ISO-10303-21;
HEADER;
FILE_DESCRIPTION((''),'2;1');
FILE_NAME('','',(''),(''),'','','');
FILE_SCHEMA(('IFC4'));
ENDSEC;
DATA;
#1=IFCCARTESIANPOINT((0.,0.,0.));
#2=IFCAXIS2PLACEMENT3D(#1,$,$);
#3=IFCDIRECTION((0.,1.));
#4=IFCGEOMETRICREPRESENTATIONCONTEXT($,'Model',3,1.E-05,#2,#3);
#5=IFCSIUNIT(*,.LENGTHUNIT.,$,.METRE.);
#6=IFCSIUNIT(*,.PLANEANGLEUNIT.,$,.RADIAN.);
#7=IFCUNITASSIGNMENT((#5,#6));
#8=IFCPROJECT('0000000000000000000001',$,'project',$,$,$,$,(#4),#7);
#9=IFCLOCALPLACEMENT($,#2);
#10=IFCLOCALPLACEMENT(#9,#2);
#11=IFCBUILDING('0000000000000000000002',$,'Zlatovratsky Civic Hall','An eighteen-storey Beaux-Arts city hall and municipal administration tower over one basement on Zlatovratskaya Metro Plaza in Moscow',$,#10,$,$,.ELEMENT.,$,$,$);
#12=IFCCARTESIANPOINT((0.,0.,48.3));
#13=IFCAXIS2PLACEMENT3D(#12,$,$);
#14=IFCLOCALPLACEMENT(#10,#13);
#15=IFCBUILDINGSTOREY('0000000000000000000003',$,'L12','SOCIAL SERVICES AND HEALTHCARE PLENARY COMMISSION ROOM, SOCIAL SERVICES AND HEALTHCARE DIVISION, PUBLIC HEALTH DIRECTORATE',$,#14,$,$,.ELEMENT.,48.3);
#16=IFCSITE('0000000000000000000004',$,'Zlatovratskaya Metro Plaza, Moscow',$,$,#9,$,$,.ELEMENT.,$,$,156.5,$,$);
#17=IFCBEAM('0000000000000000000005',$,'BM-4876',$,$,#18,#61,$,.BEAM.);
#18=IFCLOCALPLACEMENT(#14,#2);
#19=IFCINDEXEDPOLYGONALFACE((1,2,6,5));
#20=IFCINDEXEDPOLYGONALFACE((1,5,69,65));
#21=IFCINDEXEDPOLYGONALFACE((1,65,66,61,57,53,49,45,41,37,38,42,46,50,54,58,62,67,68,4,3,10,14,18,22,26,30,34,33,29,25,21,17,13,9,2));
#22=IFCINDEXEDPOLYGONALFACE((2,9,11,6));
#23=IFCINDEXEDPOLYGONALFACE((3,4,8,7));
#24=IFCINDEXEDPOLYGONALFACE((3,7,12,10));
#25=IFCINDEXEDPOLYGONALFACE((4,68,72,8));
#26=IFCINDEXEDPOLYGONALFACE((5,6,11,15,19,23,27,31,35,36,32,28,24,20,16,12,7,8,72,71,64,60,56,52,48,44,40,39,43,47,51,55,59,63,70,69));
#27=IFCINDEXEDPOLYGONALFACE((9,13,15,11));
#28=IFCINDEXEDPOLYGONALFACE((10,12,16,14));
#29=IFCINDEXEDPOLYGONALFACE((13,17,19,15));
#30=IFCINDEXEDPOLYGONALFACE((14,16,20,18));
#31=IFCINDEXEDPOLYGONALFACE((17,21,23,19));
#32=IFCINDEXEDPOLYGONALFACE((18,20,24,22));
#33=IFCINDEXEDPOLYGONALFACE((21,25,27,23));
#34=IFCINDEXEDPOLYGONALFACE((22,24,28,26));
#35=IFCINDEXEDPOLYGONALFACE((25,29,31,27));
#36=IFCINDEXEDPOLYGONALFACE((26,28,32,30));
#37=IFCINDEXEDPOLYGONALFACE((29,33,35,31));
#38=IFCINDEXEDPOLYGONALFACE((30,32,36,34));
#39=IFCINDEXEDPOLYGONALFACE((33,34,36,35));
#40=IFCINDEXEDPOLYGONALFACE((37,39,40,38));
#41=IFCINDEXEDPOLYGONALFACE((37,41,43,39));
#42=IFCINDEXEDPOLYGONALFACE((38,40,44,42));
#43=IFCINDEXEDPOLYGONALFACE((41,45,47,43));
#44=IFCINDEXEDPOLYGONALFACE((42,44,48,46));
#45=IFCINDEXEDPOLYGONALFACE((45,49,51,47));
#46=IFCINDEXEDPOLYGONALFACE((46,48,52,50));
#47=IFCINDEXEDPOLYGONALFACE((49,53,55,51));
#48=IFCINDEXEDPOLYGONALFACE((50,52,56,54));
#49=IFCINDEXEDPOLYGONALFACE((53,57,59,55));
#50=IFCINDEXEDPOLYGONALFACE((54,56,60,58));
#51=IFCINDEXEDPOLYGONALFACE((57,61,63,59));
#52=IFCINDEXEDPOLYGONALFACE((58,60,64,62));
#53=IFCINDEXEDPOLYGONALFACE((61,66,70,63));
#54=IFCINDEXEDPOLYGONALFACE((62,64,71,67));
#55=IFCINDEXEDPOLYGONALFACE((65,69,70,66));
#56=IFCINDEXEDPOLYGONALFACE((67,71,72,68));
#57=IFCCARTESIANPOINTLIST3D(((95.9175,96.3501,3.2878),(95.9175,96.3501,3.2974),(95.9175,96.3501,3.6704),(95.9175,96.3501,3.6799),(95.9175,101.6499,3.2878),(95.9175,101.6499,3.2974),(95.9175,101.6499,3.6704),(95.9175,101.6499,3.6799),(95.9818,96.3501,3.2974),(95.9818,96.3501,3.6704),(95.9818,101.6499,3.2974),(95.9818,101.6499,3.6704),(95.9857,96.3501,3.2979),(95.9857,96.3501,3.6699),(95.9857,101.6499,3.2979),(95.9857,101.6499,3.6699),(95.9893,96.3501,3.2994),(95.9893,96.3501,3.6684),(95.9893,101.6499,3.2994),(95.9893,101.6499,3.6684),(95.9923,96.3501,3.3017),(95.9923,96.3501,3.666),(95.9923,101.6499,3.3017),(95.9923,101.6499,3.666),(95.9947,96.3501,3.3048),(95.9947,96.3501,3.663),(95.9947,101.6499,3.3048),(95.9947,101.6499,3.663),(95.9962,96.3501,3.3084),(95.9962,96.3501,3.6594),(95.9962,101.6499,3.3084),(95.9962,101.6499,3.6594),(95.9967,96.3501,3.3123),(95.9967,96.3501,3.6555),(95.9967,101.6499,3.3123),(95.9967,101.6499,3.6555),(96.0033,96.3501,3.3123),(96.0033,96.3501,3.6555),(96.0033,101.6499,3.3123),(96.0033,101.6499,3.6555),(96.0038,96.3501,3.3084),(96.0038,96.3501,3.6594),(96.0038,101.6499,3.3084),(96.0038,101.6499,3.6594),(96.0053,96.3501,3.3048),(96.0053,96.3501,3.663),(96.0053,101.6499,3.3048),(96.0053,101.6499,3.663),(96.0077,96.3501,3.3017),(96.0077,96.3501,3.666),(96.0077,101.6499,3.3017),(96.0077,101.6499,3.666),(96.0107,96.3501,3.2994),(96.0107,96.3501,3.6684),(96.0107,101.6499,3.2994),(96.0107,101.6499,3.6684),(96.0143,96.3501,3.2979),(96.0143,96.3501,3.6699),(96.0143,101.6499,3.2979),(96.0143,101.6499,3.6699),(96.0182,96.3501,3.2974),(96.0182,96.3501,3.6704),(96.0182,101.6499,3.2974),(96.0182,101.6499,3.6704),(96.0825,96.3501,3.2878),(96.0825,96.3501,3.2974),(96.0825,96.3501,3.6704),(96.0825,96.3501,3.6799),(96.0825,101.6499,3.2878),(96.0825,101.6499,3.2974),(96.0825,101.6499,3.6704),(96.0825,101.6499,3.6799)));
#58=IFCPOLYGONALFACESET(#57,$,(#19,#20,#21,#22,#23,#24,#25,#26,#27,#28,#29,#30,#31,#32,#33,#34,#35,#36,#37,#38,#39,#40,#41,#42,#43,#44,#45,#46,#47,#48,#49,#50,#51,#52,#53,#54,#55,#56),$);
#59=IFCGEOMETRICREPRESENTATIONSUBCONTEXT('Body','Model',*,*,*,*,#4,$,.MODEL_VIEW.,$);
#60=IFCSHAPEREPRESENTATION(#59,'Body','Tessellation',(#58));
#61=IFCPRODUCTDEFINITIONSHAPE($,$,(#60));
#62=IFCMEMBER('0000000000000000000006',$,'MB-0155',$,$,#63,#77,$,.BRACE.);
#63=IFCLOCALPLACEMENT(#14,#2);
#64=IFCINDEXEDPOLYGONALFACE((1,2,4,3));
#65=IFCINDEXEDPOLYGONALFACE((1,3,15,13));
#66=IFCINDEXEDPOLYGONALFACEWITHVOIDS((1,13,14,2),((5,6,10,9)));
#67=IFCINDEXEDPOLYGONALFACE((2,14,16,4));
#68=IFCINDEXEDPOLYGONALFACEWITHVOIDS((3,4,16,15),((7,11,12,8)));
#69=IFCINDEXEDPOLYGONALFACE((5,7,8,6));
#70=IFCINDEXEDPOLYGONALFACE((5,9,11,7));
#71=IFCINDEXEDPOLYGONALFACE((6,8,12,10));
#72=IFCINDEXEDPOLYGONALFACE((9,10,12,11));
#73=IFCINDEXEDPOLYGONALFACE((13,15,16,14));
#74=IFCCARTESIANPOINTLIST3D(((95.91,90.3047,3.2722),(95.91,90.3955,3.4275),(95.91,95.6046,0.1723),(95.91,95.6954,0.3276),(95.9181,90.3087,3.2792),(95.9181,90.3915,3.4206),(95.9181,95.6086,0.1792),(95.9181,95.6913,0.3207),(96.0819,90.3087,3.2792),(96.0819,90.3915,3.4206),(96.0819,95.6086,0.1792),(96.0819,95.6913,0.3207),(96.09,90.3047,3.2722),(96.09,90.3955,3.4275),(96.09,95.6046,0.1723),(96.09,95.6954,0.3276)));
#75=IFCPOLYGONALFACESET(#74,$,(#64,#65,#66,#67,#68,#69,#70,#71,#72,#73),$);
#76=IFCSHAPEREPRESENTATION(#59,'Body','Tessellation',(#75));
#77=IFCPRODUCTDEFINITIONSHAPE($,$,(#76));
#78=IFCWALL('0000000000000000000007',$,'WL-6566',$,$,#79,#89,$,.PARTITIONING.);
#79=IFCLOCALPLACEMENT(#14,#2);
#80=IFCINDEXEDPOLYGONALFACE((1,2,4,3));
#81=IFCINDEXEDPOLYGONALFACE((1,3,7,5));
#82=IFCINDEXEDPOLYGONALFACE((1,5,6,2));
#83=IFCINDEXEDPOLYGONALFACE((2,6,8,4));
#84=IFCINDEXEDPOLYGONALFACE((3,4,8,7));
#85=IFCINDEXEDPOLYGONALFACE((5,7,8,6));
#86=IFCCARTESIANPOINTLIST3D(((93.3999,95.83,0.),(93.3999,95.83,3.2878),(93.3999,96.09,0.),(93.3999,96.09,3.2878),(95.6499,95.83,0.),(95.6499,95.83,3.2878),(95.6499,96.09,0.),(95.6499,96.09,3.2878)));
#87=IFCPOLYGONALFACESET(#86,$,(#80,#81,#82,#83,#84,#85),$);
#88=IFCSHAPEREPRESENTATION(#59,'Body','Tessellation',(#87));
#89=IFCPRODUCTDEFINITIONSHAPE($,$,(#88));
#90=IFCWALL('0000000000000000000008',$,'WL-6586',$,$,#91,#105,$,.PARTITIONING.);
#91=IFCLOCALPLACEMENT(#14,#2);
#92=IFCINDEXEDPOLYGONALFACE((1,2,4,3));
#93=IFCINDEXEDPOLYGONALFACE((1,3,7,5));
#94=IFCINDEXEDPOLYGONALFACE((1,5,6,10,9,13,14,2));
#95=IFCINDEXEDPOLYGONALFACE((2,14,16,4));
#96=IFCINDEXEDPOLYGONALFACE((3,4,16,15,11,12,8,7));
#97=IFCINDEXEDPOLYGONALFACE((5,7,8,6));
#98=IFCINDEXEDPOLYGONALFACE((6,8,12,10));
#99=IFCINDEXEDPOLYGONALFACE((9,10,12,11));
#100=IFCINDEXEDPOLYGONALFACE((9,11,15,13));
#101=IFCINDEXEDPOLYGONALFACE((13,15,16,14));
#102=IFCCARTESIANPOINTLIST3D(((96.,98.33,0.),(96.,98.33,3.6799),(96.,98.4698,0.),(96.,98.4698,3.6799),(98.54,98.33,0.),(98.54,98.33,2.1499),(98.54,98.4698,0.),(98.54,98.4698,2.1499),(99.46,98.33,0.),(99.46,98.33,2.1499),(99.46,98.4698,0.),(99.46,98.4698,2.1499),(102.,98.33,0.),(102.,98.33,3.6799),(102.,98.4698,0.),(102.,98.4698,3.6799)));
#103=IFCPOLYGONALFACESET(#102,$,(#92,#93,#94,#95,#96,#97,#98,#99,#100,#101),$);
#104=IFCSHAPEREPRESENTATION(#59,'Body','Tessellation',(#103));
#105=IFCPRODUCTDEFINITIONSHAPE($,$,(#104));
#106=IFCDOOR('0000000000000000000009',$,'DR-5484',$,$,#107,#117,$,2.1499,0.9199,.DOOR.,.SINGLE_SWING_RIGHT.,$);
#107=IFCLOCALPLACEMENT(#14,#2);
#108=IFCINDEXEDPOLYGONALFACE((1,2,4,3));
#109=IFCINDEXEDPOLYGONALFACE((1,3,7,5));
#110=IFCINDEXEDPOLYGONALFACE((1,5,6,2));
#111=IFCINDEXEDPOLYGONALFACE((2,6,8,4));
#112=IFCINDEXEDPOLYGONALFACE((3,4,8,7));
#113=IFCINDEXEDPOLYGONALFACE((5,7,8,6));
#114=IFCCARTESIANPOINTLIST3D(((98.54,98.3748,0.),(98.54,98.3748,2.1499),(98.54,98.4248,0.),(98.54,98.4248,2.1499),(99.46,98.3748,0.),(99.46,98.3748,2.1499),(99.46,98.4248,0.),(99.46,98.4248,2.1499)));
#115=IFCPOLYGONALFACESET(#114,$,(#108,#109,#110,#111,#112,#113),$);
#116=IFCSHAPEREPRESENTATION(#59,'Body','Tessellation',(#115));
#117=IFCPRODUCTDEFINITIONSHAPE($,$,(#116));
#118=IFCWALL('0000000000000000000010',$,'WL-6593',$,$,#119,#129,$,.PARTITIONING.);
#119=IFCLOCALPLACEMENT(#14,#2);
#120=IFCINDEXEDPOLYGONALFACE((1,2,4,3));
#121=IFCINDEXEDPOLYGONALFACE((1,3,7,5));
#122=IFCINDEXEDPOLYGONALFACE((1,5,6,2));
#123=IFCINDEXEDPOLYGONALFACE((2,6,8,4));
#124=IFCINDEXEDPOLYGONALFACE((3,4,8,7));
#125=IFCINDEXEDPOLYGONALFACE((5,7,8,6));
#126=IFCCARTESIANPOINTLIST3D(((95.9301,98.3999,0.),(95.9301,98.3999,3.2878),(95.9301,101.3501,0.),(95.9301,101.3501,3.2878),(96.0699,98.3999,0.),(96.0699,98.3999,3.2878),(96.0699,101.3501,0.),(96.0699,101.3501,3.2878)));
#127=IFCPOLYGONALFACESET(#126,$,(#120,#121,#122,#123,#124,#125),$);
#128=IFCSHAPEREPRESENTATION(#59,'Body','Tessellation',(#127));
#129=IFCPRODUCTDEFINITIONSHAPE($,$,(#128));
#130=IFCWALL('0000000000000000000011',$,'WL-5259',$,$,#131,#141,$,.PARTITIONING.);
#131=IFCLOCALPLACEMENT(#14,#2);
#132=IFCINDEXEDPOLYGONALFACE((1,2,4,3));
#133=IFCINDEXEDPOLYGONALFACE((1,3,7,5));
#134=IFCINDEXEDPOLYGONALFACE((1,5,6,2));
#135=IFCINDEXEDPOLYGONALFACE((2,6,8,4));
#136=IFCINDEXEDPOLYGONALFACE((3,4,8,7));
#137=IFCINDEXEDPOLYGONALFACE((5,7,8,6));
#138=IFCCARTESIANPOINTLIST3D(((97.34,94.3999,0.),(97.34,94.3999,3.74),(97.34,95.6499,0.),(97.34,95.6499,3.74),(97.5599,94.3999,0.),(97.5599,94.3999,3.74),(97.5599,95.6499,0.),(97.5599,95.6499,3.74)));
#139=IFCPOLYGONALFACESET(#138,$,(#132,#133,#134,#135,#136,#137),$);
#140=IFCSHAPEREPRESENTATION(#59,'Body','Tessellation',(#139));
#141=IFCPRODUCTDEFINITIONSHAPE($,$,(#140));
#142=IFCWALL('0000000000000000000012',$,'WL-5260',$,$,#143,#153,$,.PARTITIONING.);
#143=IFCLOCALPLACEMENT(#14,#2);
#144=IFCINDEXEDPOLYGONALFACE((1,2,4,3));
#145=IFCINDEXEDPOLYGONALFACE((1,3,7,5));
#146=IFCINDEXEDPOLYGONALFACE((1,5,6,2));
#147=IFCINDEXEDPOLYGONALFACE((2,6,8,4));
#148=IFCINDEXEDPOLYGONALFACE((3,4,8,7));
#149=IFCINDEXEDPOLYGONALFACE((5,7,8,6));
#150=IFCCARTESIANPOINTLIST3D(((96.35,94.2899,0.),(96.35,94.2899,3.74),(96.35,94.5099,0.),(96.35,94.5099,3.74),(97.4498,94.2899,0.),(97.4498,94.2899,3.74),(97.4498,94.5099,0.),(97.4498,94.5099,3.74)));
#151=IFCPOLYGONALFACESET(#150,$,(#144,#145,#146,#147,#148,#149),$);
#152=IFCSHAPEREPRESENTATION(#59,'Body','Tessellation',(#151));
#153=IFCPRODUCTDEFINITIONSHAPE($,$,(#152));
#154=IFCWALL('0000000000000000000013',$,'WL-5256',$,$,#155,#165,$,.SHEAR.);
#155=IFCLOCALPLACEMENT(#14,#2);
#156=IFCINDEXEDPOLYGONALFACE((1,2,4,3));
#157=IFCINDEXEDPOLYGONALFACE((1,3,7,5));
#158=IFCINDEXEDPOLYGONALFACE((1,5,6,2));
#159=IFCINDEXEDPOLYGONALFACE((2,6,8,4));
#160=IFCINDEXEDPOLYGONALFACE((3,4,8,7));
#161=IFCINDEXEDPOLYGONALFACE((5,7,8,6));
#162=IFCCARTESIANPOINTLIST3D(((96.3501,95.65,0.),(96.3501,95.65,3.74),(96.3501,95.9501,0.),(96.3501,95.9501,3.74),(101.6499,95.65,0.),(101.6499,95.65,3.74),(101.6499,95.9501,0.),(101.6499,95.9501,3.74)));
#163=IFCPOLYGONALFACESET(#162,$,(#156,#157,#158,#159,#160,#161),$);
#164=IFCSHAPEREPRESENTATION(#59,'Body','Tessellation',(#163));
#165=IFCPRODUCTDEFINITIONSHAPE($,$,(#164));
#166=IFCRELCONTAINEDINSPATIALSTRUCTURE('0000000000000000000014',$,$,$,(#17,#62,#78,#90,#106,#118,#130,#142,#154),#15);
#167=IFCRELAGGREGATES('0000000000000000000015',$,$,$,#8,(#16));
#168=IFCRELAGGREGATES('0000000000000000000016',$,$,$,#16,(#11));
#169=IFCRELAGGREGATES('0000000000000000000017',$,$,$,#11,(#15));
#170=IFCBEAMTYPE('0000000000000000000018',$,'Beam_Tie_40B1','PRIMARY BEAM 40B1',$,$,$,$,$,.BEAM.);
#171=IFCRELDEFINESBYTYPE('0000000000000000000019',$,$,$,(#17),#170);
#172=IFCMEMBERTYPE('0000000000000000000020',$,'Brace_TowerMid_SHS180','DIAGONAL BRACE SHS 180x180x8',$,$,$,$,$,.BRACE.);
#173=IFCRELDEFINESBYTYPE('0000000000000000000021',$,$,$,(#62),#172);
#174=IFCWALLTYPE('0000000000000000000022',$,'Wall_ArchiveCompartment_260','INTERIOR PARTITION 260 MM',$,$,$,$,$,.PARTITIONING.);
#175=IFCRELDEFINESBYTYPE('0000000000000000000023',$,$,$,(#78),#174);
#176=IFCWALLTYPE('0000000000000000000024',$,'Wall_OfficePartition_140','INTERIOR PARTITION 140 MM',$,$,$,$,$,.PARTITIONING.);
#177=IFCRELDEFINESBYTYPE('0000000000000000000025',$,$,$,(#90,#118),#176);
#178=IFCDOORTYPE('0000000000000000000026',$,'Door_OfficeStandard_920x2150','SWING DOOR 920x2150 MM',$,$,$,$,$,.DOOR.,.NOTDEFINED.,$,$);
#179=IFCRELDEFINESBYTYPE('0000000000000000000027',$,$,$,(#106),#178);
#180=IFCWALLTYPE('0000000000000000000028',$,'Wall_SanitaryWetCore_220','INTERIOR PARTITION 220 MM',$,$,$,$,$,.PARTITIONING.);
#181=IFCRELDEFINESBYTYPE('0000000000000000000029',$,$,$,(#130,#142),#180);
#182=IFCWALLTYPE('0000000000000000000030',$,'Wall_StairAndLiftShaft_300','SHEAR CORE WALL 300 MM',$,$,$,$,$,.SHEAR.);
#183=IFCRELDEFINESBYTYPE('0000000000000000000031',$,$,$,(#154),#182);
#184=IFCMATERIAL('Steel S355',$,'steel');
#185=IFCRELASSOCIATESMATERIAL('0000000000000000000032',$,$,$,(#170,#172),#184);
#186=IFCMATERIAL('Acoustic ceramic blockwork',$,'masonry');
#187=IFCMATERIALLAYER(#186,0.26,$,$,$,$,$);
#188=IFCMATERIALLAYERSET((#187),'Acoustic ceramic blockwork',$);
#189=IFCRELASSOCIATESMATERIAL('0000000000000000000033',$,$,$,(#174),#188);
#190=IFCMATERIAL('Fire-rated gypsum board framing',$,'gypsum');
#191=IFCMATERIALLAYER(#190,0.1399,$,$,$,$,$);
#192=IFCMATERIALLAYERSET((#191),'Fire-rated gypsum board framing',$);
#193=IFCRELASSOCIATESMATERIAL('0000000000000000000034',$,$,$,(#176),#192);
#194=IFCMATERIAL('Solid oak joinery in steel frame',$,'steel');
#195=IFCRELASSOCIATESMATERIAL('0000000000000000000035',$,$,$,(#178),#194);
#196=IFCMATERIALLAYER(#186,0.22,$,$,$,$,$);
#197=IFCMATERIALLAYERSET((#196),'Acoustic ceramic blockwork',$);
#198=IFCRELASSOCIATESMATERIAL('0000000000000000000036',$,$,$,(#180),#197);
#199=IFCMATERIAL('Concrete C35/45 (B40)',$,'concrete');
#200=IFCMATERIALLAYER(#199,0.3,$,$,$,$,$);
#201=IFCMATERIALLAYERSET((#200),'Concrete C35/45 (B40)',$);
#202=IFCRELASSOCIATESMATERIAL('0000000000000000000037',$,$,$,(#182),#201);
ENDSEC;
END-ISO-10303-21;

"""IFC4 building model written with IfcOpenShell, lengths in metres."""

from ifc_helpers import new_model, si_unit, direction, frame, frame_2d, origin, origin_2d, place, context, subcontext, project, spatial, rectangle, hollow_rectangle, i_section, extrude, material, layer, layer_set, material_profile, profile_set, type_object, element, fill, save


model = new_model("IFC4")

# Units and contexts
model_context = context("Model", 3, precision=1e-05, world=origin(), true_north=direction((0.0, 1.0)))
body_context = subcontext(model_context, "Body", "Model", "MODEL_VIEW")
ifc_project = project(units=[si_unit("LENGTHUNIT", "METRE"), si_unit("PLANEANGLEUNIT", "RADIAN")], contexts=[model_context])

# Site, building, storey
site_placement = place(None, origin())
site = spatial("IfcSite", under=ifc_project, at=site_placement, Name="Zlatovratskaya Metro Plaza, Moscow", CompositionType="ELEMENT", RefElevation=156.5)
building_placement = place(site_placement, origin())
building = spatial("IfcBuilding", under=site, at=building_placement, Name="Zlatovratsky Civic Hall", Description="An eighteen-storey Beaux-Arts city hall and municipal administration tower over one basement on Zlatovratskaya Metro Plaza in Moscow", CompositionType="ELEMENT")
storey_placement = place(building_placement, frame((0.0, 0.0, 48.3)))
storey = spatial("IfcBuildingStorey", under=building, at=storey_placement, Name="L12", Description="SOCIAL SERVICES AND HEALTHCARE PLENARY COMMISSION ROOM, SOCIAL SERVICES AND HEALTHCARE DIVISION, PUBLIC HEALTH DIRECTORATE", CompositionType="ELEMENT", Elevation=48.3)

# Shared definitions
ifc_material_1 = material(Name="Concrete C35/45 (B40)", Category="concrete")

# Beam
ifc_material_2 = material(Name="Steel S355", Category="steel")
ifc_material_profile_1 = material_profile(ifc_material_2, i_section(OverallWidth=0.165, OverallDepth=0.3921, WebThickness=0.0066, FlangeThickness=0.0095, FilletRadius=0.0149, at=origin_2d()), Name="40B1")
ifc_profile_set_1 = profile_set([ifc_material_profile_1], Name="Steel S355")
beam_type_1 = type_object("IfcBeamType", Name="Beam_Tie_40B1", Description="PRIMARY BEAM 40B1", PredefinedType="BEAM", material=ifc_profile_set_1)
for number, where, z_axis, x_axis, name in (
    (1, (96.0, 96.3501, 3.4839), (0.0, 1.0, 0.0), (-1.0, 0.0, 0.0), "BM-4876"),
):
    element("IfcBeam", number, at=place(storey_placement, frame(where, z_axis=z_axis, x_axis=x_axis)), inside=storey, type_object=beam_type_1, Name=name, PredefinedType="BEAM", context=body_context, shape_type="SweptSolid", body=[
        extrude(i_section(OverallWidth=0.165, OverallDepth=0.3921, WebThickness=0.0066, FlangeThickness=0.0095, FilletRadius=0.0149, at=origin_2d()), origin(), (0.0, 0.0, 1.0), 5.2998),
    ])

# Member
ifc_material_profile_2 = material_profile(ifc_material_2, hollow_rectangle(XDim=0.1799, YDim=0.1799, WallThickness=0.0081, at=origin_2d()), Name="SHS 180x180x8")
ifc_profile_set_2 = profile_set([ifc_material_profile_2], Name="Steel S355")
member_type = type_object("IfcMemberType", Name="Brace_TowerMid_SHS180", Description="DIAGONAL BRACE SHS 180x180x8", PredefinedType="BRACE", material=ifc_profile_set_2)
member_placement = place(storey_placement, frame((96.0, 90.3501, 3.3499), z_axis=(0.0, 0.86319, -0.504879), x_axis=(-1.0, 0.0, 0.0)))
element("IfcMember", 2, at=member_placement, inside=storey, type_object=member_type, Name="MB-0155", PredefinedType="BRACE", context=body_context, shape_type="SweptSolid", body=[
    extrude(hollow_rectangle(XDim=0.1799, YDim=0.1799, WallThickness=0.0081, at=origin_2d()), origin(), (0.0, 0.0, 1.0), 6.1399),
])

# Wall
ifc_material_3 = material(Name="Acoustic ceramic blockwork", Category="masonry")
ifc_layer_1 = layer(ifc_material_3, 0.26)
ifc_layer_set_1 = layer_set([ifc_layer_1], Name="Acoustic ceramic blockwork")
wall_type_1 = type_object("IfcWallType", Name="Wall_ArchiveCompartment_260", Description="INTERIOR PARTITION 260 MM", PredefinedType="PARTITIONING", material=ifc_layer_set_1)
wall_1_placement = place(storey_placement, frame((93.3999, 95.96, 0.0), z_axis=(0.0, 0.0, 1.0), x_axis=(1.0, 0.0, 0.0)))
element("IfcWall", 3, at=wall_1_placement, inside=storey, type_object=wall_type_1, Name="WL-6566", PredefinedType="PARTITIONING", context=body_context, shape_type="SweptSolid", body=[
    extrude(rectangle(XDim=2.25, YDim=0.26, at=frame_2d((1.125, 0.0))), origin(), (0.0, 0.0, 1.0), 3.2878),
])

# Wall, opening, door
ifc_material_4 = material(Name="Fire-rated gypsum board framing", Category="gypsum")
ifc_layer_2 = layer(ifc_material_4, 0.1399)
ifc_layer_set_2 = layer_set([ifc_layer_2], Name="Fire-rated gypsum board framing")
wall_type_2 = type_object("IfcWallType", Name="Wall_OfficePartition_140", Description="INTERIOR PARTITION 140 MM", PredefinedType="PARTITIONING", material=ifc_layer_set_2)
wall_2_placement = place(storey_placement, frame((96.0, 98.3999, 0.0), z_axis=(0.0, 0.0, 1.0), x_axis=(1.0, 0.0, 0.0)))
wall_2 = element("IfcWall", 4, at=wall_2_placement, inside=storey, type_object=wall_type_2, Name="WL-6586", PredefinedType="PARTITIONING", context=body_context, shape_type="SweptSolid", body=[
    extrude(rectangle(XDim=6.0, YDim=0.1399, at=frame_2d((3.0, 0.0))), origin(), (0.0, 0.0, 1.0), 3.6799),
])
opening_1_placement = place(wall_2_placement, frame((2.54, 0.0, 0.0)))
opening_1 = element("IfcOpeningElement", 5, at=opening_1_placement, cuts=wall_2, PredefinedType="OPENING", context=body_context, shape_type="SweptSolid", body=[
    extrude(rectangle(XDim=0.9199, YDim=2.1499, at=frame_2d((0.46, 1.075))), frame((0.0, 0.085, 0.0), z_axis=(0.0, -1.0, 0.0), x_axis=(1.0, 0.0, 0.0)), (0.0, 0.0, 1.0), 0.1697),
])
ifc_material_5 = material(Name="Solid oak joinery in steel frame", Category="steel")
door_type_1 = type_object("IfcDoorType", Name="Door_OfficeStandard_920x2150", Description="SWING DOOR 920x2150 MM", OperationType="NOTDEFINED", PredefinedType="DOOR", material=ifc_material_5)
door_1_placement = place(opening_1_placement, origin())
door_1 = element("IfcDoor", 6, at=door_1_placement, inside=storey, type_object=door_type_1, Name="DR-5484", OperationType="SINGLE_SWING_RIGHT", OverallHeight=2.1499, OverallWidth=0.9199, PredefinedType="DOOR", context=body_context, shape_type="SweptSolid", body=[
    extrude(rectangle(XDim=0.9199, YDim=2.1499, at=frame_2d((0.46, 1.075))), frame((0.0, 0.0249, 0.0), z_axis=(0.0, -1.0, 0.0), x_axis=(1.0, 0.0, 0.0)), (0.0, 0.0, 1.0), 0.05),
])
fill(opening_1, door_1)

# Walls
wall_3_placement = place(storey_placement, frame((96.0, 98.3999, 0.0), z_axis=(0.0, 0.0, 1.0), x_axis=(0.0, 1.0, 0.0)))
element("IfcWall", 7, at=wall_3_placement, inside=storey, type_object=wall_type_2, Name="WL-6593", PredefinedType="PARTITIONING", context=body_context, shape_type="SweptSolid", body=[
    extrude(rectangle(XDim=2.9502, YDim=0.1399, at=frame_2d((1.4751, 0.0))), origin(), (0.0, 0.0, 1.0), 3.2878),
])
ifc_layer_3 = layer(ifc_material_3, 0.22)
ifc_layer_set_3 = layer_set([ifc_layer_3], Name="Acoustic ceramic blockwork")
wall_type_3 = type_object("IfcWallType", Name="Wall_SanitaryWetCore_220", Description="INTERIOR PARTITION 220 MM", PredefinedType="PARTITIONING", material=ifc_layer_set_3)
wall_4_placement = place(storey_placement, frame((97.45, 94.3999, 0.0), z_axis=(0.0, 0.0, 1.0), x_axis=(0.0, 1.0, 0.0)))
element("IfcWall", 8, at=wall_4_placement, inside=storey, type_object=wall_type_3, Name="WL-5259", PredefinedType="PARTITIONING", context=body_context, shape_type="SweptSolid", body=[
    extrude(rectangle(XDim=1.25, YDim=0.22, at=frame_2d((0.625, 0.0))), origin(), (0.0, 0.0, 1.0), 3.74),
])
wall_5_placement = place(storey_placement, frame((96.3501, 94.3999, 0.0), z_axis=(0.0, 0.0, 1.0), x_axis=(1.0, 0.0, 0.0)))
element("IfcWall", 9, at=wall_5_placement, inside=storey, type_object=wall_type_3, Name="WL-5260", PredefinedType="PARTITIONING", context=body_context, shape_type="SweptSolid", body=[
    extrude(rectangle(XDim=1.0999, YDim=0.22, at=frame_2d((0.5498, 0.0))), origin(), (0.0, 0.0, 1.0), 3.74),
])

# Wall
ifc_layer_4 = layer(ifc_material_1, 0.3)
ifc_layer_set_4 = layer_set([ifc_layer_4], Name="Concrete C35/45 (B40)")
wall_type_4 = type_object("IfcWallType", Name="Wall_StairAndLiftShaft_300", Description="SHEAR CORE WALL 300 MM", PredefinedType="SHEAR", material=ifc_layer_set_4)
wall_6_placement = place(storey_placement, frame((96.3501, 95.8, 0.0), z_axis=(0.0, 0.0, 1.0), x_axis=(1.0, 0.0, 0.0)))
element("IfcWall", 10, at=wall_6_placement, inside=storey, type_object=wall_type_4, Name="WL-5256", PredefinedType="SHEAR", context=body_context, shape_type="SweptSolid", body=[
    extrude(rectangle(XDim=5.2998, YDim=0.3, at=frame_2d((2.6499, 0.0))), origin(), (0.0, 0.0, 1.0), 3.74),
])

save(model, "model.ifc")
